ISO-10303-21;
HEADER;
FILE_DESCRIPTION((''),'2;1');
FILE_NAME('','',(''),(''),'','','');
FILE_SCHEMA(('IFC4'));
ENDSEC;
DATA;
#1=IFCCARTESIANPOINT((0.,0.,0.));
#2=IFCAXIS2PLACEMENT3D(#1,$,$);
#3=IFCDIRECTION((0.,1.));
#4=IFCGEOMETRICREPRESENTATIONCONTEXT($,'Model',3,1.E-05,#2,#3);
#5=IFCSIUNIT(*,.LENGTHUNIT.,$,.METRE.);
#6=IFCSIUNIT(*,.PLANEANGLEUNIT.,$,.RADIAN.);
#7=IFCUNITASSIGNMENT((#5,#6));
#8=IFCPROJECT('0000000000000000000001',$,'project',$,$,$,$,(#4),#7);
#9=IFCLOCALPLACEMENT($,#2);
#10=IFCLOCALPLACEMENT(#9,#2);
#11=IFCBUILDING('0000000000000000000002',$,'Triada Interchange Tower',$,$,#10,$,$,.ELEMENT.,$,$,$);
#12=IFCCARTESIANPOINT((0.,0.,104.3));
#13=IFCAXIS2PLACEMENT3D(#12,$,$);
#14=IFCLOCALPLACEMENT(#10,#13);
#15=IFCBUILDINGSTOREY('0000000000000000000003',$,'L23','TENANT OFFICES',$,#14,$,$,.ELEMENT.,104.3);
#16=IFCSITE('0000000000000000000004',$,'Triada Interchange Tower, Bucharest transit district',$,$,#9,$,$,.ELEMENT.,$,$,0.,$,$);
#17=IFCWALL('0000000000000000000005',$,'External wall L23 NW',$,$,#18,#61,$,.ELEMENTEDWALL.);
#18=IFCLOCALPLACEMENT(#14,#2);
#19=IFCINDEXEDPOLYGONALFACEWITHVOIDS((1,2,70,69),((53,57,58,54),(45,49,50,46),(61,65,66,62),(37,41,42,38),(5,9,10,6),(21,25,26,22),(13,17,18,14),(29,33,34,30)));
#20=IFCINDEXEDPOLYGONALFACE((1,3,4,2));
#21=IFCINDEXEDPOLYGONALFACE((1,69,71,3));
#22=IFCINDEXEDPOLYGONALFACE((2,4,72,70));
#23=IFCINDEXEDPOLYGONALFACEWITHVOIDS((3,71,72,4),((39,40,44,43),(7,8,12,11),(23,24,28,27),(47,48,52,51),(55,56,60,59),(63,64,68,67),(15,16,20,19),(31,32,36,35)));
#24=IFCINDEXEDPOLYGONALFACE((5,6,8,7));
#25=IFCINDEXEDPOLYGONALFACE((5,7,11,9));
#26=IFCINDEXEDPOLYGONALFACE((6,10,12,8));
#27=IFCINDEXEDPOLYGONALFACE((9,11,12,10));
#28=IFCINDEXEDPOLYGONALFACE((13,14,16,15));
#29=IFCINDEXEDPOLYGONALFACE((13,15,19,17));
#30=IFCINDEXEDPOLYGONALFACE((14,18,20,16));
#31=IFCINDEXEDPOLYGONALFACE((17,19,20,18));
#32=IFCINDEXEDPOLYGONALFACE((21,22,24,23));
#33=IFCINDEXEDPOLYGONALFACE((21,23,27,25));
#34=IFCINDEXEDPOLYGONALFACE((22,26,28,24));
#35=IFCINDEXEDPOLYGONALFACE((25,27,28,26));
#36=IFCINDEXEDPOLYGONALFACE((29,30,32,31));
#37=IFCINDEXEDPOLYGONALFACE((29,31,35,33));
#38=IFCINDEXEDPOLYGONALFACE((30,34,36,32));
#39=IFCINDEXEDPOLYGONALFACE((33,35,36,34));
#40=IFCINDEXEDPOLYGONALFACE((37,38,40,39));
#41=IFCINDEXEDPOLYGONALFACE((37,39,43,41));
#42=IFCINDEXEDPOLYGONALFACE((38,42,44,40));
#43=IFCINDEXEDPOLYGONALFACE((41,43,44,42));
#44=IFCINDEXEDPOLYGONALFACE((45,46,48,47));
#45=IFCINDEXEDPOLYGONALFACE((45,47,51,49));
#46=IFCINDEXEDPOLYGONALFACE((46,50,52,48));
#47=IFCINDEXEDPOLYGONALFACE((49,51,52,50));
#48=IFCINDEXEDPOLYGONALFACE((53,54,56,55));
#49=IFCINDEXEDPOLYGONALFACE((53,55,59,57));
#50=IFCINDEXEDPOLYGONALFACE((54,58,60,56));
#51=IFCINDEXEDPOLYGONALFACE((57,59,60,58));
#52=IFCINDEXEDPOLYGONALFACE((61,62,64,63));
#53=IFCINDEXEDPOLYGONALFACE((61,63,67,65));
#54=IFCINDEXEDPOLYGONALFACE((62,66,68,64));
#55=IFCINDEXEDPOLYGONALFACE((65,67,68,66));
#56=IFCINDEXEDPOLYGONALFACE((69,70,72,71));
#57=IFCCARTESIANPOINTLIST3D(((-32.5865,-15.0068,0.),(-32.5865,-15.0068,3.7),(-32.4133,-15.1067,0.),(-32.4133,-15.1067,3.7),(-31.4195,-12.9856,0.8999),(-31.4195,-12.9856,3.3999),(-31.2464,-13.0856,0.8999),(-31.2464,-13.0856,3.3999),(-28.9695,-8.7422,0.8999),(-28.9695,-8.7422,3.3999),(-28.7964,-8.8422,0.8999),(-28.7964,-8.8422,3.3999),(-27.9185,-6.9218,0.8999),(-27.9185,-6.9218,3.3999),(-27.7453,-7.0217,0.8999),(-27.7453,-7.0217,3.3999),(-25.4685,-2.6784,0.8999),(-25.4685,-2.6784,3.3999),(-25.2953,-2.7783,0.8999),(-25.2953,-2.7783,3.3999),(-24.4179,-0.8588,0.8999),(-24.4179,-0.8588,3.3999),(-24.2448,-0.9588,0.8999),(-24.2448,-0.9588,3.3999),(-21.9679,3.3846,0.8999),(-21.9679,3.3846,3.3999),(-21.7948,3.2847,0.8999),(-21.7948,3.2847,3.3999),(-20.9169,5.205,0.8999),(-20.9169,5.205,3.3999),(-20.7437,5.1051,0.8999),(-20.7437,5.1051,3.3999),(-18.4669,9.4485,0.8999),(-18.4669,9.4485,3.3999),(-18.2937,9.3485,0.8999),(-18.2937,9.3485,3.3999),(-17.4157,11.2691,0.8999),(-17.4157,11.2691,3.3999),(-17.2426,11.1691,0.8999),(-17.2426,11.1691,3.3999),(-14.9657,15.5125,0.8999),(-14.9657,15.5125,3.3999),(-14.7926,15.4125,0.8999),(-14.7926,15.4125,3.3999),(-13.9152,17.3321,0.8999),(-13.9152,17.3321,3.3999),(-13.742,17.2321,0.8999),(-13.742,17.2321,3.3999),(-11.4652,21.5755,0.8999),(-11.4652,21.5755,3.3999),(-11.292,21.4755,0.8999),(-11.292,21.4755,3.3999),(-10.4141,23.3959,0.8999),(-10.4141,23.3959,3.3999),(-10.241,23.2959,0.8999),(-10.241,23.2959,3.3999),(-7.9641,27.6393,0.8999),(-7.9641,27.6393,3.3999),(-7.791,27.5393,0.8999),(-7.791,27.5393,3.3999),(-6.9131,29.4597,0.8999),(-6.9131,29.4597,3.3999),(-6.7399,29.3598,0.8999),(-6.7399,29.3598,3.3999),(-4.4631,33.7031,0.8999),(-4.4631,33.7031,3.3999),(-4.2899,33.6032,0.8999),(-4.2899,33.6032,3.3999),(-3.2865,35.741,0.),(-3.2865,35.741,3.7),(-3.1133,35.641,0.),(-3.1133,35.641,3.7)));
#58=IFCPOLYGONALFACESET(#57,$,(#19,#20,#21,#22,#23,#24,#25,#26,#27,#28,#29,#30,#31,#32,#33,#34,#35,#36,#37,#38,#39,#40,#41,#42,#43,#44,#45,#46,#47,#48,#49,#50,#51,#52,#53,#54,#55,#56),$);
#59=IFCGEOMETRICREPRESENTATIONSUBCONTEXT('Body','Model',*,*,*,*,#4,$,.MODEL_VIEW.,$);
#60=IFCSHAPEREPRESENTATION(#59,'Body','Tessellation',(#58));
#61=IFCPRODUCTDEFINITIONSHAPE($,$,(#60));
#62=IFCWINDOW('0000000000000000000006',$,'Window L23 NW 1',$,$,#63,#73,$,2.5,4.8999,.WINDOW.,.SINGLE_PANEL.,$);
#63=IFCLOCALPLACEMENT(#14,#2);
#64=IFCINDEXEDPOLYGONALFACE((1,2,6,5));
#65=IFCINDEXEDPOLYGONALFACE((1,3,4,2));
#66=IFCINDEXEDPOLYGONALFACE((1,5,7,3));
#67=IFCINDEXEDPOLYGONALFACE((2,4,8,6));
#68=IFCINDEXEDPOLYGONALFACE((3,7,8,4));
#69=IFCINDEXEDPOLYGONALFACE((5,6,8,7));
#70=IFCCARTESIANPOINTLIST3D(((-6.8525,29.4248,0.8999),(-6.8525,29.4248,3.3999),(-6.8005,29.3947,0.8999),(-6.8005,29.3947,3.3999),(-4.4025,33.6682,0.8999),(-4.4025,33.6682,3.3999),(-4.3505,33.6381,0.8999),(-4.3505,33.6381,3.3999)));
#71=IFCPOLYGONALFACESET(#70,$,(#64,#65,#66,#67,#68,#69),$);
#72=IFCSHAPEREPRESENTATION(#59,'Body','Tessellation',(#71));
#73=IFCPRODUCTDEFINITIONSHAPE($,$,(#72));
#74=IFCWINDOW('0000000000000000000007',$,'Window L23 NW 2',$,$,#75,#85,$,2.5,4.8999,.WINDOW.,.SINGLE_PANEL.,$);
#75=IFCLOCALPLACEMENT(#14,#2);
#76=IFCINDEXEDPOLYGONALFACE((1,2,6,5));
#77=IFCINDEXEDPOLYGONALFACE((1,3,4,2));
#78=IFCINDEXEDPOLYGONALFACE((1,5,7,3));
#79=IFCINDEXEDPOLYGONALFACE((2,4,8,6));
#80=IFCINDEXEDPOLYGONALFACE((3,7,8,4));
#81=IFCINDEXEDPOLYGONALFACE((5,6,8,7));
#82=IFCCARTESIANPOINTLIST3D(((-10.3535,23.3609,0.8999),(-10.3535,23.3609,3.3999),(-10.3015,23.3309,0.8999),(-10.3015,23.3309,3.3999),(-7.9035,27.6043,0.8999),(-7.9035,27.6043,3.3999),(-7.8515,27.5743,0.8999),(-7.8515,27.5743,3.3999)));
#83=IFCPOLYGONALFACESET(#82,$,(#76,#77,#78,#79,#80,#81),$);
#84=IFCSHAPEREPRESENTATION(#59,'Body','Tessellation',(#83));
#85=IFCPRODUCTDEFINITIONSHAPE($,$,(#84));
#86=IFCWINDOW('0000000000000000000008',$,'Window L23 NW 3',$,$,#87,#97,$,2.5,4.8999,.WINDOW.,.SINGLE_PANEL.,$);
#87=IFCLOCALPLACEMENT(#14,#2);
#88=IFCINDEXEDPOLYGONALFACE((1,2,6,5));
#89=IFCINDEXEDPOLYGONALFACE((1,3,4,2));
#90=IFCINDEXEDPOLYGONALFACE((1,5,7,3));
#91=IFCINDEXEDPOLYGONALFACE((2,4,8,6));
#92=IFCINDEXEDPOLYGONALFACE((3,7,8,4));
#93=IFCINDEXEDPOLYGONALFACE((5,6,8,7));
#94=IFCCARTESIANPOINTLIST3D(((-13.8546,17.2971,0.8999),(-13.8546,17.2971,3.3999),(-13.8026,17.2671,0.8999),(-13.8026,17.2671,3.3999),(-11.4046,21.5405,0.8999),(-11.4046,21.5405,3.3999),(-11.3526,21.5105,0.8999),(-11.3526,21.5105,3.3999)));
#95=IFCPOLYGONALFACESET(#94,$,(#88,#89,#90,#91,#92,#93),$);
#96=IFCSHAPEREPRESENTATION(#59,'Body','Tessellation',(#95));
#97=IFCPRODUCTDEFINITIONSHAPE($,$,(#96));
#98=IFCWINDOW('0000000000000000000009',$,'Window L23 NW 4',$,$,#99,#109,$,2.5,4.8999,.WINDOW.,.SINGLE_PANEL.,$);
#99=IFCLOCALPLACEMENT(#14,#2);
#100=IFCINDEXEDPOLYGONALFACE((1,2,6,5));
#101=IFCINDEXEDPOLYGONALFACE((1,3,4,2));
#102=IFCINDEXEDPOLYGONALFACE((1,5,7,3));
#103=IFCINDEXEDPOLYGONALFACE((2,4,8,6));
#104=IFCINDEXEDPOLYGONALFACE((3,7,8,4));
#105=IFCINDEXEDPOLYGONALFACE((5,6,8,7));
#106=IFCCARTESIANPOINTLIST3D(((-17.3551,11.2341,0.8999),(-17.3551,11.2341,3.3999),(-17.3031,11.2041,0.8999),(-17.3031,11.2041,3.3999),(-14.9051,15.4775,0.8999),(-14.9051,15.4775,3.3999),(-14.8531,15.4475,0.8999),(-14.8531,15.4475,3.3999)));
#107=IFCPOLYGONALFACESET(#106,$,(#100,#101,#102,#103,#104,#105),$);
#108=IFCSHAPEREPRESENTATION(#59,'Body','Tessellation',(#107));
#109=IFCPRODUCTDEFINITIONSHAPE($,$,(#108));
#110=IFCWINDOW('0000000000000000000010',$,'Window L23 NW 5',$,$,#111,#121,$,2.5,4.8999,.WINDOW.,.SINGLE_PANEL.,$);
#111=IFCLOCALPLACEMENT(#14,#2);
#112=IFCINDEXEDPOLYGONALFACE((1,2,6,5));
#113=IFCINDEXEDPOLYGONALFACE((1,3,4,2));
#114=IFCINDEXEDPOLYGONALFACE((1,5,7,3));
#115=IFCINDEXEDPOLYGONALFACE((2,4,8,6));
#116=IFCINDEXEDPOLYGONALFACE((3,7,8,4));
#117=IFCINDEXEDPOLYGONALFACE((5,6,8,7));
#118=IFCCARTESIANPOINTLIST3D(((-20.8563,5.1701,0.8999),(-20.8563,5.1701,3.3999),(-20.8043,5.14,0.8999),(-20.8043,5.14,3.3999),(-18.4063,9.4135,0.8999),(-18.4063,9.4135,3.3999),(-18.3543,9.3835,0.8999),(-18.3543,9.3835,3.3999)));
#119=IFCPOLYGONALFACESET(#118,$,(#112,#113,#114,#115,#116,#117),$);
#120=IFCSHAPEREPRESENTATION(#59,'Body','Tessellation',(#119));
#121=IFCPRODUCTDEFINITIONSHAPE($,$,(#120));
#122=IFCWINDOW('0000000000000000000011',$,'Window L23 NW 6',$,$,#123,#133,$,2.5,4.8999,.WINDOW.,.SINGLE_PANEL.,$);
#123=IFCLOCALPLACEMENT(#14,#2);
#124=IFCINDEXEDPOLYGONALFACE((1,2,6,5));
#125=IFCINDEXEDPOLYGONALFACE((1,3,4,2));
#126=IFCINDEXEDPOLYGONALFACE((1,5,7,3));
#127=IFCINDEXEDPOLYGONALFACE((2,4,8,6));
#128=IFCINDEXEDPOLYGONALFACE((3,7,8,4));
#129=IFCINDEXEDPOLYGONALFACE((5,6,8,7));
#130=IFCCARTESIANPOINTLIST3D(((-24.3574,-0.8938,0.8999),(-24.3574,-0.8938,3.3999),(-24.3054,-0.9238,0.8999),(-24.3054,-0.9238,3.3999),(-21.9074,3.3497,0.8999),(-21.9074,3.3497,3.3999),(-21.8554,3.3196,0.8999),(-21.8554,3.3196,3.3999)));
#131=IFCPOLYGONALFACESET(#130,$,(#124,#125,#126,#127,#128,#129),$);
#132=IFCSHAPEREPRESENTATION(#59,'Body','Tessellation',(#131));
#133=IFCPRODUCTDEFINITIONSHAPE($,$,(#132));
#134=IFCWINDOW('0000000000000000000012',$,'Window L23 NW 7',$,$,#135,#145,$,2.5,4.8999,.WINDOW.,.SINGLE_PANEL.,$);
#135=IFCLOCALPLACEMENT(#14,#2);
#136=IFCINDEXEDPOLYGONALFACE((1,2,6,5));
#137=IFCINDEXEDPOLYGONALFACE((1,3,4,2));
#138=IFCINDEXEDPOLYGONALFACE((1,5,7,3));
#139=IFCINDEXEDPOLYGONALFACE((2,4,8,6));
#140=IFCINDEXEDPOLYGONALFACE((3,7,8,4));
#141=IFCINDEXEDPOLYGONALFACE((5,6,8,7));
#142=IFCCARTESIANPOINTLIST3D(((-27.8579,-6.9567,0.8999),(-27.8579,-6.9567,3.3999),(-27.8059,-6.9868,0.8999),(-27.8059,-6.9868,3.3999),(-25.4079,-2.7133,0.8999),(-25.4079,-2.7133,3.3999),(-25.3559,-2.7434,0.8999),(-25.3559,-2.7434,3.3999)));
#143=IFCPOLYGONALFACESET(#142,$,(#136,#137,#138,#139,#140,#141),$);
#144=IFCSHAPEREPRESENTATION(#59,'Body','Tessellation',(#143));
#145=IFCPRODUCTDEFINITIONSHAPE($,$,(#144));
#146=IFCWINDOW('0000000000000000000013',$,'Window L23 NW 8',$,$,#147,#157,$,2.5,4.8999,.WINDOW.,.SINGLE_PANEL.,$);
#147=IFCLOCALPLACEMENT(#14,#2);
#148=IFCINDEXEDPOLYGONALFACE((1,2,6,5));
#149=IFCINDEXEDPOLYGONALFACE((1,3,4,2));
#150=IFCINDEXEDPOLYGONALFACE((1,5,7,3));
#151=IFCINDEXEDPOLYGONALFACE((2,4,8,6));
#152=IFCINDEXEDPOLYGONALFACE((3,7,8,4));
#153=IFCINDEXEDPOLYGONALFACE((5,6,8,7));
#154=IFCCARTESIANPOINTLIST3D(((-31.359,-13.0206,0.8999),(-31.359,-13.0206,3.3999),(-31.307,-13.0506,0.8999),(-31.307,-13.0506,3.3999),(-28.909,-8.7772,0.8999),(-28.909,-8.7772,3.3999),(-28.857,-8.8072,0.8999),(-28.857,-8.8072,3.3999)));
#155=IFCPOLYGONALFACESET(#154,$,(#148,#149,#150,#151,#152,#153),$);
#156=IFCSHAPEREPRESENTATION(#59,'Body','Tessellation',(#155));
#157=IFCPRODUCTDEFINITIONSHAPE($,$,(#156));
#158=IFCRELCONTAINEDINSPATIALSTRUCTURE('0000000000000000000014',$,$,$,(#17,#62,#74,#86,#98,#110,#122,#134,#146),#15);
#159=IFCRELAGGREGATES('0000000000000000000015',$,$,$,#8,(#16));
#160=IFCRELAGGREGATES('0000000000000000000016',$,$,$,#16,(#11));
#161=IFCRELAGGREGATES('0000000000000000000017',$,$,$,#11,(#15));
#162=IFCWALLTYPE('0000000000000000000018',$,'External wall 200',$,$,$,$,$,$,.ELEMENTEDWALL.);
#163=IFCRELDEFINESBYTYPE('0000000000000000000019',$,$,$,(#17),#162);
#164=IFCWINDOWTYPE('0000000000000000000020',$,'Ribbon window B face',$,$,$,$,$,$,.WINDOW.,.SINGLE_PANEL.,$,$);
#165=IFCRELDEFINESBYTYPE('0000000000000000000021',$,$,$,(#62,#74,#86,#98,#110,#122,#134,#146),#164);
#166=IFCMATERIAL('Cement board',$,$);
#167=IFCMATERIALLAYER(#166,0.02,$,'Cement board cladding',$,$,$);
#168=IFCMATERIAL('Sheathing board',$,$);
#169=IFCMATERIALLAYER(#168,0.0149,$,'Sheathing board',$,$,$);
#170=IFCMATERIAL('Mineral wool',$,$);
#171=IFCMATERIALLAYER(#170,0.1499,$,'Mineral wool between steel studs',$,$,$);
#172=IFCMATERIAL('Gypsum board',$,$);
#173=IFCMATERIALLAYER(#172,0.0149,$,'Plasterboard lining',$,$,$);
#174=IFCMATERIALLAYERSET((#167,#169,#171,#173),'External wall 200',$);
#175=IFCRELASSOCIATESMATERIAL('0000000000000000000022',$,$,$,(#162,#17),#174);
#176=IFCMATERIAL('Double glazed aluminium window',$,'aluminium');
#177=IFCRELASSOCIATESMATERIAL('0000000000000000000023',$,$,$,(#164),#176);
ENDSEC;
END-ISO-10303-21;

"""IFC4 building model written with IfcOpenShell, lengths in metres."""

from ifc_helpers import new_model, si_unit, direction, frame, frame_2d, origin, place, context, subcontext, project, spatial, rectangle, extrude, material, layer, layer_set, layer_usage, type_object, element, fill, save


model = new_model("IFC4")

# Units and contexts
model_context = context("Model", 3, precision=1e-05, world=origin(), true_north=direction((0.0, 1.0)))
body_context = subcontext(model_context, "Body", "Model", "MODEL_VIEW")
ifc_project = project(units=[si_unit("LENGTHUNIT", "METRE"), si_unit("PLANEANGLEUNIT", "RADIAN")], contexts=[model_context])

# Site, building, storey
site_placement = place(None, origin())
site = spatial("IfcSite", under=ifc_project, at=site_placement, Name="Triada Interchange Tower, Bucharest transit district", CompositionType="ELEMENT", RefElevation=0.0)
building_placement = place(site_placement, origin())
building = spatial("IfcBuilding", under=site, at=building_placement, Name="Triada Interchange Tower", CompositionType="ELEMENT")
storey_placement = place(building_placement, frame((0.0, 0.0, 104.3)))
storey = spatial("IfcBuildingStorey", under=building, at=storey_placement, Name="L23", Description="TENANT OFFICES", CompositionType="ELEMENT", Elevation=104.3)

# Wall, openings, windows
ifc_material_1 = material(Name="Cement board")
ifc_layer_1 = layer(ifc_material_1, 0.02, Name="Cement board cladding")
ifc_material_2 = material(Name="Sheathing board")
ifc_layer_2 = layer(ifc_material_2, 0.0149, Name="Sheathing board")
ifc_material_3 = material(Name="Mineral wool")
ifc_layer_3 = layer(ifc_material_3, 0.1499, Name="Mineral wool between steel studs")
ifc_material_4 = material(Name="Gypsum board")
ifc_layer_4 = layer(ifc_material_4, 0.0149, Name="Plasterboard lining")
ifc_layer_set_1 = layer_set([ifc_layer_1, ifc_layer_2, ifc_layer_3, ifc_layer_4], Name="External wall 200")
ifc_layer_usage = layer_usage(ifc_layer_set_1, "AXIS2", "POSITIVE", -0.1001)
wall_type_1 = type_object("IfcWallType", Name="External wall 200", PredefinedType="ELEMENTEDWALL", material=ifc_layer_set_1)
wall_1_placement = place(storey_placement, frame((-3.2, 35.6909, 0.0), z_axis=(0.0, 0.0, 1.0), x_axis=(-0.50001, -0.86602, 0.0)))
wall_1 = element("IfcWall", 1, at=wall_1_placement, inside=storey, type_object=wall_type_1, material=ifc_layer_usage, Name="External wall L23 NW", PredefinedType="ELEMENTEDWALL", context=body_context, shape_type="SweptSolid", body=[
    extrude(rectangle(XDim=58.5989, YDim=0.2, at=frame_2d((29.2993, 0.0))), origin(), (0.0, 0.0, 1.0), 3.7),
])
opening_1_placement = place(wall_1_placement, frame((2.353, 0.0, 0.8999)))
opening_1 = element("IfcOpeningElement", 2, at=opening_1_placement, cuts=wall_1, PredefinedType="OPENING", context=body_context, shape_type="SweptSolid", body=[
    extrude(rectangle(XDim=4.8999, YDim=2.5, at=frame_2d((2.45, 1.25))), frame((0.0, 0.1099, 0.0), z_axis=(0.0, -1.0, 0.0), x_axis=(1.0, 0.0, 0.0)), (0.0, 0.0, 1.0), 0.22),
])
opening_2_placement = place(wall_1_placement, frame((9.355, 0.0, 0.8999)))
opening_2 = element("IfcOpeningElement", 3, at=opening_2_placement, cuts=wall_1, PredefinedType="OPENING", context=body_context, shape_type="SweptSolid", body=[
    extrude(rectangle(XDim=4.8999, YDim=2.5, at=frame_2d((2.45, 1.25))), frame((0.0, 0.1099, 0.0), z_axis=(0.0, -1.0, 0.0), x_axis=(1.0, 0.0, 0.0)), (0.0, 0.0, 1.0), 0.22),
])
opening_3_placement = place(wall_1_placement, frame((16.3569, 0.0, 0.8999)))
opening_3 = element("IfcOpeningElement", 4, at=opening_3_placement, cuts=wall_1, PredefinedType="OPENING", context=body_context, shape_type="SweptSolid", body=[
    extrude(rectangle(XDim=4.8999, YDim=2.5, at=frame_2d((2.45, 1.25))), frame((0.0, 0.1099, 0.0), z_axis=(0.0, -1.0, 0.0), x_axis=(1.0, 0.0, 0.0)), (0.0, 0.0, 1.0), 0.22),
])
opening_4_placement = place(wall_1_placement, frame((23.3579, 0.0, 0.8999)))
opening_4 = element("IfcOpeningElement", 5, at=opening_4_placement, cuts=wall_1, PredefinedType="OPENING", context=body_context, shape_type="SweptSolid", body=[
    extrude(rectangle(XDim=4.8999, YDim=2.5, at=frame_2d((2.45, 1.25))), frame((0.0, 0.1099, 0.0), z_axis=(0.0, -1.0, 0.0), x_axis=(1.0, 0.0, 0.0)), (0.0, 0.0, 1.0), 0.22),
])
opening_5_placement = place(wall_1_placement, frame((30.3601, 0.0, 0.8999)))
opening_5 = element("IfcOpeningElement", 6, at=opening_5_placement, cuts=wall_1, PredefinedType="OPENING", context=body_context, shape_type="SweptSolid", body=[
    extrude(rectangle(XDim=4.8999, YDim=2.5, at=frame_2d((2.45, 1.25))), frame((0.0, 0.1099, 0.0), z_axis=(0.0, -1.0, 0.0), x_axis=(1.0, 0.0, 0.0)), (0.0, 0.0, 1.0), 0.22),
])
opening_6_placement = place(wall_1_placement, frame((37.3621, 0.0, 0.8999)))
opening_6 = element("IfcOpeningElement", 7, at=opening_6_placement, cuts=wall_1, PredefinedType="OPENING", context=body_context, shape_type="SweptSolid", body=[
    extrude(rectangle(XDim=4.8999, YDim=2.5, at=frame_2d((2.45, 1.25))), frame((0.0, 0.1099, 0.0), z_axis=(0.0, -1.0, 0.0), x_axis=(1.0, 0.0, 0.0)), (0.0, 0.0, 1.0), 0.22),
])
opening_7_placement = place(wall_1_placement, frame((44.363, 0.0, 0.8999)))
opening_7 = element("IfcOpeningElement", 8, at=opening_7_placement, cuts=wall_1, PredefinedType="OPENING", context=body_context, shape_type="SweptSolid", body=[
    extrude(rectangle(XDim=4.8999, YDim=2.5, at=frame_2d((2.45, 1.25))), frame((0.0, 0.1099, 0.0), z_axis=(0.0, -1.0, 0.0), x_axis=(1.0, 0.0, 0.0)), (0.0, 0.0, 1.0), 0.22),
])
opening_8_placement = place(wall_1_placement, frame((51.365, 0.0, 0.8999)))
opening_8 = element("IfcOpeningElement", 9, at=opening_8_placement, cuts=wall_1, PredefinedType="OPENING", context=body_context, shape_type="SweptSolid", body=[
    extrude(rectangle(XDim=4.8999, YDim=2.5, at=frame_2d((2.45, 1.25))), frame((0.0, 0.1099, 0.0), z_axis=(0.0, -1.0, 0.0), x_axis=(1.0, 0.0, 0.0)), (0.0, 0.0, 1.0), 0.22),
])
ifc_material_5 = material(Name="Double glazed aluminium window", Category="aluminium")
window_type = type_object("IfcWindowType", Name="Ribbon window B face", PartitioningType="SINGLE_PANEL", PredefinedType="WINDOW", material=ifc_material_5)
window_1_placement = place(opening_1_placement, origin())
window_1 = element("IfcWindow", 10, at=window_1_placement, inside=storey, type_object=window_type, Name="Window L23 NW 1", OverallHeight=2.5, OverallWidth=4.8999, PartitioningType="SINGLE_PANEL", PredefinedType="WINDOW", context=body_context, shape_type="SweptSolid", body=[
    extrude(rectangle(XDim=4.8999, YDim=2.5, at=frame_2d((2.45, 1.25))), frame((0.0, 0.03, 0.0), z_axis=(0.0, -1.0, 0.0), x_axis=(1.0, 0.0, 0.0)), (0.0, 0.0, 1.0), 0.0601),
])
fill(opening_1, window_1)
window_2_placement = place(opening_2_placement, origin())
window_2 = element("IfcWindow", 11, at=window_2_placement, inside=storey, type_object=window_type, Name="Window L23 NW 2", OverallHeight=2.5, OverallWidth=4.8999, PartitioningType="SINGLE_PANEL", PredefinedType="WINDOW", context=body_context, shape_type="SweptSolid", body=[
    extrude(rectangle(XDim=4.8999, YDim=2.5, at=frame_2d((2.45, 1.25))), frame((0.0, 0.03, 0.0), z_axis=(0.0, -1.0, 0.0), x_axis=(1.0, 0.0, 0.0)), (0.0, 0.0, 1.0), 0.0601),
])
fill(opening_2, window_2)
window_3_placement = place(opening_3_placement, origin())
window_3 = element("IfcWindow", 12, at=window_3_placement, inside=storey, type_object=window_type, Name="Window L23 NW 3", OverallHeight=2.5, OverallWidth=4.8999, PartitioningType="SINGLE_PANEL", PredefinedType="WINDOW", context=body_context, shape_type="SweptSolid", body=[
    extrude(rectangle(XDim=4.8999, YDim=2.5, at=frame_2d((2.45, 1.25))), frame((0.0, 0.03, 0.0), z_axis=(0.0, -1.0, 0.0), x_axis=(1.0, 0.0, 0.0)), (0.0, 0.0, 1.0), 0.0601),
])
fill(opening_3, window_3)
window_4_placement = place(opening_4_placement, origin())
window_4 = element("IfcWindow", 13, at=window_4_placement, inside=storey, type_object=window_type, Name="Window L23 NW 4", OverallHeight=2.5, OverallWidth=4.8999, PartitioningType="SINGLE_PANEL", PredefinedType="WINDOW", context=body_context, shape_type="SweptSolid", body=[
    extrude(rectangle(XDim=4.8999, YDim=2.5, at=frame_2d((2.45, 1.25))), frame((0.0, 0.03, 0.0), z_axis=(0.0, -1.0, 0.0), x_axis=(1.0, 0.0, 0.0)), (0.0, 0.0, 1.0), 0.0601),
])
fill(opening_4, window_4)
window_5_placement = place(opening_5_placement, origin())
window_5 = element("IfcWindow", 14, at=window_5_placement, inside=storey, type_object=window_type, Name="Window L23 NW 5", OverallHeight=2.5, OverallWidth=4.8999, PartitioningType="SINGLE_PANEL", PredefinedType="WINDOW", context=body_context, shape_type="SweptSolid", body=[
    extrude(rectangle(XDim=4.8999, YDim=2.5, at=frame_2d((2.45, 1.25))), frame((0.0, 0.03, 0.0), z_axis=(0.0, -1.0, 0.0), x_axis=(1.0, 0.0, 0.0)), (0.0, 0.0, 1.0), 0.0601),
])
fill(opening_5, window_5)
window_6_placement = place(opening_6_placement, origin())
window_6 = element("IfcWindow", 15, at=window_6_placement, inside=storey, type_object=window_type, Name="Window L23 NW 6", OverallHeight=2.5, OverallWidth=4.8999, PartitioningType="SINGLE_PANEL", PredefinedType="WINDOW", context=body_context, shape_type="SweptSolid", body=[
    extrude(rectangle(XDim=4.8999, YDim=2.5, at=frame_2d((2.45, 1.25))), frame((0.0, 0.03, 0.0), z_axis=(0.0, -1.0, 0.0), x_axis=(1.0, 0.0, 0.0)), (0.0, 0.0, 1.0), 0.0601),
])
fill(opening_6, window_6)
window_7_placement = place(opening_7_placement, origin())
window_7 = element("IfcWindow", 16, at=window_7_placement, inside=storey, type_object=window_type, Name="Window L23 NW 7", OverallHeight=2.5, OverallWidth=4.8999, PartitioningType="SINGLE_PANEL", PredefinedType="WINDOW", context=body_context, shape_type="SweptSolid", body=[
    extrude(rectangle(XDim=4.8999, YDim=2.5, at=frame_2d((2.45, 1.25))), frame((0.0, 0.03, 0.0), z_axis=(0.0, -1.0, 0.0), x_axis=(1.0, 0.0, 0.0)), (0.0, 0.0, 1.0), 0.0601),
])
fill(opening_7, window_7)
window_8_placement = place(opening_8_placement, origin())
window_8 = element("IfcWindow", 17, at=window_8_placement, inside=storey, type_object=window_type, Name="Window L23 NW 8", OverallHeight=2.5, OverallWidth=4.8999, PartitioningType="SINGLE_PANEL", PredefinedType="WINDOW", context=body_context, shape_type="SweptSolid", body=[
    extrude(rectangle(XDim=4.8999, YDim=2.5, at=frame_2d((2.45, 1.25))), frame((0.0, 0.03, 0.0), z_axis=(0.0, -1.0, 0.0), x_axis=(1.0, 0.0, 0.0)), (0.0, 0.0, 1.0), 0.0601),
])
fill(opening_8, window_8)

save(model, "model.ifc")
